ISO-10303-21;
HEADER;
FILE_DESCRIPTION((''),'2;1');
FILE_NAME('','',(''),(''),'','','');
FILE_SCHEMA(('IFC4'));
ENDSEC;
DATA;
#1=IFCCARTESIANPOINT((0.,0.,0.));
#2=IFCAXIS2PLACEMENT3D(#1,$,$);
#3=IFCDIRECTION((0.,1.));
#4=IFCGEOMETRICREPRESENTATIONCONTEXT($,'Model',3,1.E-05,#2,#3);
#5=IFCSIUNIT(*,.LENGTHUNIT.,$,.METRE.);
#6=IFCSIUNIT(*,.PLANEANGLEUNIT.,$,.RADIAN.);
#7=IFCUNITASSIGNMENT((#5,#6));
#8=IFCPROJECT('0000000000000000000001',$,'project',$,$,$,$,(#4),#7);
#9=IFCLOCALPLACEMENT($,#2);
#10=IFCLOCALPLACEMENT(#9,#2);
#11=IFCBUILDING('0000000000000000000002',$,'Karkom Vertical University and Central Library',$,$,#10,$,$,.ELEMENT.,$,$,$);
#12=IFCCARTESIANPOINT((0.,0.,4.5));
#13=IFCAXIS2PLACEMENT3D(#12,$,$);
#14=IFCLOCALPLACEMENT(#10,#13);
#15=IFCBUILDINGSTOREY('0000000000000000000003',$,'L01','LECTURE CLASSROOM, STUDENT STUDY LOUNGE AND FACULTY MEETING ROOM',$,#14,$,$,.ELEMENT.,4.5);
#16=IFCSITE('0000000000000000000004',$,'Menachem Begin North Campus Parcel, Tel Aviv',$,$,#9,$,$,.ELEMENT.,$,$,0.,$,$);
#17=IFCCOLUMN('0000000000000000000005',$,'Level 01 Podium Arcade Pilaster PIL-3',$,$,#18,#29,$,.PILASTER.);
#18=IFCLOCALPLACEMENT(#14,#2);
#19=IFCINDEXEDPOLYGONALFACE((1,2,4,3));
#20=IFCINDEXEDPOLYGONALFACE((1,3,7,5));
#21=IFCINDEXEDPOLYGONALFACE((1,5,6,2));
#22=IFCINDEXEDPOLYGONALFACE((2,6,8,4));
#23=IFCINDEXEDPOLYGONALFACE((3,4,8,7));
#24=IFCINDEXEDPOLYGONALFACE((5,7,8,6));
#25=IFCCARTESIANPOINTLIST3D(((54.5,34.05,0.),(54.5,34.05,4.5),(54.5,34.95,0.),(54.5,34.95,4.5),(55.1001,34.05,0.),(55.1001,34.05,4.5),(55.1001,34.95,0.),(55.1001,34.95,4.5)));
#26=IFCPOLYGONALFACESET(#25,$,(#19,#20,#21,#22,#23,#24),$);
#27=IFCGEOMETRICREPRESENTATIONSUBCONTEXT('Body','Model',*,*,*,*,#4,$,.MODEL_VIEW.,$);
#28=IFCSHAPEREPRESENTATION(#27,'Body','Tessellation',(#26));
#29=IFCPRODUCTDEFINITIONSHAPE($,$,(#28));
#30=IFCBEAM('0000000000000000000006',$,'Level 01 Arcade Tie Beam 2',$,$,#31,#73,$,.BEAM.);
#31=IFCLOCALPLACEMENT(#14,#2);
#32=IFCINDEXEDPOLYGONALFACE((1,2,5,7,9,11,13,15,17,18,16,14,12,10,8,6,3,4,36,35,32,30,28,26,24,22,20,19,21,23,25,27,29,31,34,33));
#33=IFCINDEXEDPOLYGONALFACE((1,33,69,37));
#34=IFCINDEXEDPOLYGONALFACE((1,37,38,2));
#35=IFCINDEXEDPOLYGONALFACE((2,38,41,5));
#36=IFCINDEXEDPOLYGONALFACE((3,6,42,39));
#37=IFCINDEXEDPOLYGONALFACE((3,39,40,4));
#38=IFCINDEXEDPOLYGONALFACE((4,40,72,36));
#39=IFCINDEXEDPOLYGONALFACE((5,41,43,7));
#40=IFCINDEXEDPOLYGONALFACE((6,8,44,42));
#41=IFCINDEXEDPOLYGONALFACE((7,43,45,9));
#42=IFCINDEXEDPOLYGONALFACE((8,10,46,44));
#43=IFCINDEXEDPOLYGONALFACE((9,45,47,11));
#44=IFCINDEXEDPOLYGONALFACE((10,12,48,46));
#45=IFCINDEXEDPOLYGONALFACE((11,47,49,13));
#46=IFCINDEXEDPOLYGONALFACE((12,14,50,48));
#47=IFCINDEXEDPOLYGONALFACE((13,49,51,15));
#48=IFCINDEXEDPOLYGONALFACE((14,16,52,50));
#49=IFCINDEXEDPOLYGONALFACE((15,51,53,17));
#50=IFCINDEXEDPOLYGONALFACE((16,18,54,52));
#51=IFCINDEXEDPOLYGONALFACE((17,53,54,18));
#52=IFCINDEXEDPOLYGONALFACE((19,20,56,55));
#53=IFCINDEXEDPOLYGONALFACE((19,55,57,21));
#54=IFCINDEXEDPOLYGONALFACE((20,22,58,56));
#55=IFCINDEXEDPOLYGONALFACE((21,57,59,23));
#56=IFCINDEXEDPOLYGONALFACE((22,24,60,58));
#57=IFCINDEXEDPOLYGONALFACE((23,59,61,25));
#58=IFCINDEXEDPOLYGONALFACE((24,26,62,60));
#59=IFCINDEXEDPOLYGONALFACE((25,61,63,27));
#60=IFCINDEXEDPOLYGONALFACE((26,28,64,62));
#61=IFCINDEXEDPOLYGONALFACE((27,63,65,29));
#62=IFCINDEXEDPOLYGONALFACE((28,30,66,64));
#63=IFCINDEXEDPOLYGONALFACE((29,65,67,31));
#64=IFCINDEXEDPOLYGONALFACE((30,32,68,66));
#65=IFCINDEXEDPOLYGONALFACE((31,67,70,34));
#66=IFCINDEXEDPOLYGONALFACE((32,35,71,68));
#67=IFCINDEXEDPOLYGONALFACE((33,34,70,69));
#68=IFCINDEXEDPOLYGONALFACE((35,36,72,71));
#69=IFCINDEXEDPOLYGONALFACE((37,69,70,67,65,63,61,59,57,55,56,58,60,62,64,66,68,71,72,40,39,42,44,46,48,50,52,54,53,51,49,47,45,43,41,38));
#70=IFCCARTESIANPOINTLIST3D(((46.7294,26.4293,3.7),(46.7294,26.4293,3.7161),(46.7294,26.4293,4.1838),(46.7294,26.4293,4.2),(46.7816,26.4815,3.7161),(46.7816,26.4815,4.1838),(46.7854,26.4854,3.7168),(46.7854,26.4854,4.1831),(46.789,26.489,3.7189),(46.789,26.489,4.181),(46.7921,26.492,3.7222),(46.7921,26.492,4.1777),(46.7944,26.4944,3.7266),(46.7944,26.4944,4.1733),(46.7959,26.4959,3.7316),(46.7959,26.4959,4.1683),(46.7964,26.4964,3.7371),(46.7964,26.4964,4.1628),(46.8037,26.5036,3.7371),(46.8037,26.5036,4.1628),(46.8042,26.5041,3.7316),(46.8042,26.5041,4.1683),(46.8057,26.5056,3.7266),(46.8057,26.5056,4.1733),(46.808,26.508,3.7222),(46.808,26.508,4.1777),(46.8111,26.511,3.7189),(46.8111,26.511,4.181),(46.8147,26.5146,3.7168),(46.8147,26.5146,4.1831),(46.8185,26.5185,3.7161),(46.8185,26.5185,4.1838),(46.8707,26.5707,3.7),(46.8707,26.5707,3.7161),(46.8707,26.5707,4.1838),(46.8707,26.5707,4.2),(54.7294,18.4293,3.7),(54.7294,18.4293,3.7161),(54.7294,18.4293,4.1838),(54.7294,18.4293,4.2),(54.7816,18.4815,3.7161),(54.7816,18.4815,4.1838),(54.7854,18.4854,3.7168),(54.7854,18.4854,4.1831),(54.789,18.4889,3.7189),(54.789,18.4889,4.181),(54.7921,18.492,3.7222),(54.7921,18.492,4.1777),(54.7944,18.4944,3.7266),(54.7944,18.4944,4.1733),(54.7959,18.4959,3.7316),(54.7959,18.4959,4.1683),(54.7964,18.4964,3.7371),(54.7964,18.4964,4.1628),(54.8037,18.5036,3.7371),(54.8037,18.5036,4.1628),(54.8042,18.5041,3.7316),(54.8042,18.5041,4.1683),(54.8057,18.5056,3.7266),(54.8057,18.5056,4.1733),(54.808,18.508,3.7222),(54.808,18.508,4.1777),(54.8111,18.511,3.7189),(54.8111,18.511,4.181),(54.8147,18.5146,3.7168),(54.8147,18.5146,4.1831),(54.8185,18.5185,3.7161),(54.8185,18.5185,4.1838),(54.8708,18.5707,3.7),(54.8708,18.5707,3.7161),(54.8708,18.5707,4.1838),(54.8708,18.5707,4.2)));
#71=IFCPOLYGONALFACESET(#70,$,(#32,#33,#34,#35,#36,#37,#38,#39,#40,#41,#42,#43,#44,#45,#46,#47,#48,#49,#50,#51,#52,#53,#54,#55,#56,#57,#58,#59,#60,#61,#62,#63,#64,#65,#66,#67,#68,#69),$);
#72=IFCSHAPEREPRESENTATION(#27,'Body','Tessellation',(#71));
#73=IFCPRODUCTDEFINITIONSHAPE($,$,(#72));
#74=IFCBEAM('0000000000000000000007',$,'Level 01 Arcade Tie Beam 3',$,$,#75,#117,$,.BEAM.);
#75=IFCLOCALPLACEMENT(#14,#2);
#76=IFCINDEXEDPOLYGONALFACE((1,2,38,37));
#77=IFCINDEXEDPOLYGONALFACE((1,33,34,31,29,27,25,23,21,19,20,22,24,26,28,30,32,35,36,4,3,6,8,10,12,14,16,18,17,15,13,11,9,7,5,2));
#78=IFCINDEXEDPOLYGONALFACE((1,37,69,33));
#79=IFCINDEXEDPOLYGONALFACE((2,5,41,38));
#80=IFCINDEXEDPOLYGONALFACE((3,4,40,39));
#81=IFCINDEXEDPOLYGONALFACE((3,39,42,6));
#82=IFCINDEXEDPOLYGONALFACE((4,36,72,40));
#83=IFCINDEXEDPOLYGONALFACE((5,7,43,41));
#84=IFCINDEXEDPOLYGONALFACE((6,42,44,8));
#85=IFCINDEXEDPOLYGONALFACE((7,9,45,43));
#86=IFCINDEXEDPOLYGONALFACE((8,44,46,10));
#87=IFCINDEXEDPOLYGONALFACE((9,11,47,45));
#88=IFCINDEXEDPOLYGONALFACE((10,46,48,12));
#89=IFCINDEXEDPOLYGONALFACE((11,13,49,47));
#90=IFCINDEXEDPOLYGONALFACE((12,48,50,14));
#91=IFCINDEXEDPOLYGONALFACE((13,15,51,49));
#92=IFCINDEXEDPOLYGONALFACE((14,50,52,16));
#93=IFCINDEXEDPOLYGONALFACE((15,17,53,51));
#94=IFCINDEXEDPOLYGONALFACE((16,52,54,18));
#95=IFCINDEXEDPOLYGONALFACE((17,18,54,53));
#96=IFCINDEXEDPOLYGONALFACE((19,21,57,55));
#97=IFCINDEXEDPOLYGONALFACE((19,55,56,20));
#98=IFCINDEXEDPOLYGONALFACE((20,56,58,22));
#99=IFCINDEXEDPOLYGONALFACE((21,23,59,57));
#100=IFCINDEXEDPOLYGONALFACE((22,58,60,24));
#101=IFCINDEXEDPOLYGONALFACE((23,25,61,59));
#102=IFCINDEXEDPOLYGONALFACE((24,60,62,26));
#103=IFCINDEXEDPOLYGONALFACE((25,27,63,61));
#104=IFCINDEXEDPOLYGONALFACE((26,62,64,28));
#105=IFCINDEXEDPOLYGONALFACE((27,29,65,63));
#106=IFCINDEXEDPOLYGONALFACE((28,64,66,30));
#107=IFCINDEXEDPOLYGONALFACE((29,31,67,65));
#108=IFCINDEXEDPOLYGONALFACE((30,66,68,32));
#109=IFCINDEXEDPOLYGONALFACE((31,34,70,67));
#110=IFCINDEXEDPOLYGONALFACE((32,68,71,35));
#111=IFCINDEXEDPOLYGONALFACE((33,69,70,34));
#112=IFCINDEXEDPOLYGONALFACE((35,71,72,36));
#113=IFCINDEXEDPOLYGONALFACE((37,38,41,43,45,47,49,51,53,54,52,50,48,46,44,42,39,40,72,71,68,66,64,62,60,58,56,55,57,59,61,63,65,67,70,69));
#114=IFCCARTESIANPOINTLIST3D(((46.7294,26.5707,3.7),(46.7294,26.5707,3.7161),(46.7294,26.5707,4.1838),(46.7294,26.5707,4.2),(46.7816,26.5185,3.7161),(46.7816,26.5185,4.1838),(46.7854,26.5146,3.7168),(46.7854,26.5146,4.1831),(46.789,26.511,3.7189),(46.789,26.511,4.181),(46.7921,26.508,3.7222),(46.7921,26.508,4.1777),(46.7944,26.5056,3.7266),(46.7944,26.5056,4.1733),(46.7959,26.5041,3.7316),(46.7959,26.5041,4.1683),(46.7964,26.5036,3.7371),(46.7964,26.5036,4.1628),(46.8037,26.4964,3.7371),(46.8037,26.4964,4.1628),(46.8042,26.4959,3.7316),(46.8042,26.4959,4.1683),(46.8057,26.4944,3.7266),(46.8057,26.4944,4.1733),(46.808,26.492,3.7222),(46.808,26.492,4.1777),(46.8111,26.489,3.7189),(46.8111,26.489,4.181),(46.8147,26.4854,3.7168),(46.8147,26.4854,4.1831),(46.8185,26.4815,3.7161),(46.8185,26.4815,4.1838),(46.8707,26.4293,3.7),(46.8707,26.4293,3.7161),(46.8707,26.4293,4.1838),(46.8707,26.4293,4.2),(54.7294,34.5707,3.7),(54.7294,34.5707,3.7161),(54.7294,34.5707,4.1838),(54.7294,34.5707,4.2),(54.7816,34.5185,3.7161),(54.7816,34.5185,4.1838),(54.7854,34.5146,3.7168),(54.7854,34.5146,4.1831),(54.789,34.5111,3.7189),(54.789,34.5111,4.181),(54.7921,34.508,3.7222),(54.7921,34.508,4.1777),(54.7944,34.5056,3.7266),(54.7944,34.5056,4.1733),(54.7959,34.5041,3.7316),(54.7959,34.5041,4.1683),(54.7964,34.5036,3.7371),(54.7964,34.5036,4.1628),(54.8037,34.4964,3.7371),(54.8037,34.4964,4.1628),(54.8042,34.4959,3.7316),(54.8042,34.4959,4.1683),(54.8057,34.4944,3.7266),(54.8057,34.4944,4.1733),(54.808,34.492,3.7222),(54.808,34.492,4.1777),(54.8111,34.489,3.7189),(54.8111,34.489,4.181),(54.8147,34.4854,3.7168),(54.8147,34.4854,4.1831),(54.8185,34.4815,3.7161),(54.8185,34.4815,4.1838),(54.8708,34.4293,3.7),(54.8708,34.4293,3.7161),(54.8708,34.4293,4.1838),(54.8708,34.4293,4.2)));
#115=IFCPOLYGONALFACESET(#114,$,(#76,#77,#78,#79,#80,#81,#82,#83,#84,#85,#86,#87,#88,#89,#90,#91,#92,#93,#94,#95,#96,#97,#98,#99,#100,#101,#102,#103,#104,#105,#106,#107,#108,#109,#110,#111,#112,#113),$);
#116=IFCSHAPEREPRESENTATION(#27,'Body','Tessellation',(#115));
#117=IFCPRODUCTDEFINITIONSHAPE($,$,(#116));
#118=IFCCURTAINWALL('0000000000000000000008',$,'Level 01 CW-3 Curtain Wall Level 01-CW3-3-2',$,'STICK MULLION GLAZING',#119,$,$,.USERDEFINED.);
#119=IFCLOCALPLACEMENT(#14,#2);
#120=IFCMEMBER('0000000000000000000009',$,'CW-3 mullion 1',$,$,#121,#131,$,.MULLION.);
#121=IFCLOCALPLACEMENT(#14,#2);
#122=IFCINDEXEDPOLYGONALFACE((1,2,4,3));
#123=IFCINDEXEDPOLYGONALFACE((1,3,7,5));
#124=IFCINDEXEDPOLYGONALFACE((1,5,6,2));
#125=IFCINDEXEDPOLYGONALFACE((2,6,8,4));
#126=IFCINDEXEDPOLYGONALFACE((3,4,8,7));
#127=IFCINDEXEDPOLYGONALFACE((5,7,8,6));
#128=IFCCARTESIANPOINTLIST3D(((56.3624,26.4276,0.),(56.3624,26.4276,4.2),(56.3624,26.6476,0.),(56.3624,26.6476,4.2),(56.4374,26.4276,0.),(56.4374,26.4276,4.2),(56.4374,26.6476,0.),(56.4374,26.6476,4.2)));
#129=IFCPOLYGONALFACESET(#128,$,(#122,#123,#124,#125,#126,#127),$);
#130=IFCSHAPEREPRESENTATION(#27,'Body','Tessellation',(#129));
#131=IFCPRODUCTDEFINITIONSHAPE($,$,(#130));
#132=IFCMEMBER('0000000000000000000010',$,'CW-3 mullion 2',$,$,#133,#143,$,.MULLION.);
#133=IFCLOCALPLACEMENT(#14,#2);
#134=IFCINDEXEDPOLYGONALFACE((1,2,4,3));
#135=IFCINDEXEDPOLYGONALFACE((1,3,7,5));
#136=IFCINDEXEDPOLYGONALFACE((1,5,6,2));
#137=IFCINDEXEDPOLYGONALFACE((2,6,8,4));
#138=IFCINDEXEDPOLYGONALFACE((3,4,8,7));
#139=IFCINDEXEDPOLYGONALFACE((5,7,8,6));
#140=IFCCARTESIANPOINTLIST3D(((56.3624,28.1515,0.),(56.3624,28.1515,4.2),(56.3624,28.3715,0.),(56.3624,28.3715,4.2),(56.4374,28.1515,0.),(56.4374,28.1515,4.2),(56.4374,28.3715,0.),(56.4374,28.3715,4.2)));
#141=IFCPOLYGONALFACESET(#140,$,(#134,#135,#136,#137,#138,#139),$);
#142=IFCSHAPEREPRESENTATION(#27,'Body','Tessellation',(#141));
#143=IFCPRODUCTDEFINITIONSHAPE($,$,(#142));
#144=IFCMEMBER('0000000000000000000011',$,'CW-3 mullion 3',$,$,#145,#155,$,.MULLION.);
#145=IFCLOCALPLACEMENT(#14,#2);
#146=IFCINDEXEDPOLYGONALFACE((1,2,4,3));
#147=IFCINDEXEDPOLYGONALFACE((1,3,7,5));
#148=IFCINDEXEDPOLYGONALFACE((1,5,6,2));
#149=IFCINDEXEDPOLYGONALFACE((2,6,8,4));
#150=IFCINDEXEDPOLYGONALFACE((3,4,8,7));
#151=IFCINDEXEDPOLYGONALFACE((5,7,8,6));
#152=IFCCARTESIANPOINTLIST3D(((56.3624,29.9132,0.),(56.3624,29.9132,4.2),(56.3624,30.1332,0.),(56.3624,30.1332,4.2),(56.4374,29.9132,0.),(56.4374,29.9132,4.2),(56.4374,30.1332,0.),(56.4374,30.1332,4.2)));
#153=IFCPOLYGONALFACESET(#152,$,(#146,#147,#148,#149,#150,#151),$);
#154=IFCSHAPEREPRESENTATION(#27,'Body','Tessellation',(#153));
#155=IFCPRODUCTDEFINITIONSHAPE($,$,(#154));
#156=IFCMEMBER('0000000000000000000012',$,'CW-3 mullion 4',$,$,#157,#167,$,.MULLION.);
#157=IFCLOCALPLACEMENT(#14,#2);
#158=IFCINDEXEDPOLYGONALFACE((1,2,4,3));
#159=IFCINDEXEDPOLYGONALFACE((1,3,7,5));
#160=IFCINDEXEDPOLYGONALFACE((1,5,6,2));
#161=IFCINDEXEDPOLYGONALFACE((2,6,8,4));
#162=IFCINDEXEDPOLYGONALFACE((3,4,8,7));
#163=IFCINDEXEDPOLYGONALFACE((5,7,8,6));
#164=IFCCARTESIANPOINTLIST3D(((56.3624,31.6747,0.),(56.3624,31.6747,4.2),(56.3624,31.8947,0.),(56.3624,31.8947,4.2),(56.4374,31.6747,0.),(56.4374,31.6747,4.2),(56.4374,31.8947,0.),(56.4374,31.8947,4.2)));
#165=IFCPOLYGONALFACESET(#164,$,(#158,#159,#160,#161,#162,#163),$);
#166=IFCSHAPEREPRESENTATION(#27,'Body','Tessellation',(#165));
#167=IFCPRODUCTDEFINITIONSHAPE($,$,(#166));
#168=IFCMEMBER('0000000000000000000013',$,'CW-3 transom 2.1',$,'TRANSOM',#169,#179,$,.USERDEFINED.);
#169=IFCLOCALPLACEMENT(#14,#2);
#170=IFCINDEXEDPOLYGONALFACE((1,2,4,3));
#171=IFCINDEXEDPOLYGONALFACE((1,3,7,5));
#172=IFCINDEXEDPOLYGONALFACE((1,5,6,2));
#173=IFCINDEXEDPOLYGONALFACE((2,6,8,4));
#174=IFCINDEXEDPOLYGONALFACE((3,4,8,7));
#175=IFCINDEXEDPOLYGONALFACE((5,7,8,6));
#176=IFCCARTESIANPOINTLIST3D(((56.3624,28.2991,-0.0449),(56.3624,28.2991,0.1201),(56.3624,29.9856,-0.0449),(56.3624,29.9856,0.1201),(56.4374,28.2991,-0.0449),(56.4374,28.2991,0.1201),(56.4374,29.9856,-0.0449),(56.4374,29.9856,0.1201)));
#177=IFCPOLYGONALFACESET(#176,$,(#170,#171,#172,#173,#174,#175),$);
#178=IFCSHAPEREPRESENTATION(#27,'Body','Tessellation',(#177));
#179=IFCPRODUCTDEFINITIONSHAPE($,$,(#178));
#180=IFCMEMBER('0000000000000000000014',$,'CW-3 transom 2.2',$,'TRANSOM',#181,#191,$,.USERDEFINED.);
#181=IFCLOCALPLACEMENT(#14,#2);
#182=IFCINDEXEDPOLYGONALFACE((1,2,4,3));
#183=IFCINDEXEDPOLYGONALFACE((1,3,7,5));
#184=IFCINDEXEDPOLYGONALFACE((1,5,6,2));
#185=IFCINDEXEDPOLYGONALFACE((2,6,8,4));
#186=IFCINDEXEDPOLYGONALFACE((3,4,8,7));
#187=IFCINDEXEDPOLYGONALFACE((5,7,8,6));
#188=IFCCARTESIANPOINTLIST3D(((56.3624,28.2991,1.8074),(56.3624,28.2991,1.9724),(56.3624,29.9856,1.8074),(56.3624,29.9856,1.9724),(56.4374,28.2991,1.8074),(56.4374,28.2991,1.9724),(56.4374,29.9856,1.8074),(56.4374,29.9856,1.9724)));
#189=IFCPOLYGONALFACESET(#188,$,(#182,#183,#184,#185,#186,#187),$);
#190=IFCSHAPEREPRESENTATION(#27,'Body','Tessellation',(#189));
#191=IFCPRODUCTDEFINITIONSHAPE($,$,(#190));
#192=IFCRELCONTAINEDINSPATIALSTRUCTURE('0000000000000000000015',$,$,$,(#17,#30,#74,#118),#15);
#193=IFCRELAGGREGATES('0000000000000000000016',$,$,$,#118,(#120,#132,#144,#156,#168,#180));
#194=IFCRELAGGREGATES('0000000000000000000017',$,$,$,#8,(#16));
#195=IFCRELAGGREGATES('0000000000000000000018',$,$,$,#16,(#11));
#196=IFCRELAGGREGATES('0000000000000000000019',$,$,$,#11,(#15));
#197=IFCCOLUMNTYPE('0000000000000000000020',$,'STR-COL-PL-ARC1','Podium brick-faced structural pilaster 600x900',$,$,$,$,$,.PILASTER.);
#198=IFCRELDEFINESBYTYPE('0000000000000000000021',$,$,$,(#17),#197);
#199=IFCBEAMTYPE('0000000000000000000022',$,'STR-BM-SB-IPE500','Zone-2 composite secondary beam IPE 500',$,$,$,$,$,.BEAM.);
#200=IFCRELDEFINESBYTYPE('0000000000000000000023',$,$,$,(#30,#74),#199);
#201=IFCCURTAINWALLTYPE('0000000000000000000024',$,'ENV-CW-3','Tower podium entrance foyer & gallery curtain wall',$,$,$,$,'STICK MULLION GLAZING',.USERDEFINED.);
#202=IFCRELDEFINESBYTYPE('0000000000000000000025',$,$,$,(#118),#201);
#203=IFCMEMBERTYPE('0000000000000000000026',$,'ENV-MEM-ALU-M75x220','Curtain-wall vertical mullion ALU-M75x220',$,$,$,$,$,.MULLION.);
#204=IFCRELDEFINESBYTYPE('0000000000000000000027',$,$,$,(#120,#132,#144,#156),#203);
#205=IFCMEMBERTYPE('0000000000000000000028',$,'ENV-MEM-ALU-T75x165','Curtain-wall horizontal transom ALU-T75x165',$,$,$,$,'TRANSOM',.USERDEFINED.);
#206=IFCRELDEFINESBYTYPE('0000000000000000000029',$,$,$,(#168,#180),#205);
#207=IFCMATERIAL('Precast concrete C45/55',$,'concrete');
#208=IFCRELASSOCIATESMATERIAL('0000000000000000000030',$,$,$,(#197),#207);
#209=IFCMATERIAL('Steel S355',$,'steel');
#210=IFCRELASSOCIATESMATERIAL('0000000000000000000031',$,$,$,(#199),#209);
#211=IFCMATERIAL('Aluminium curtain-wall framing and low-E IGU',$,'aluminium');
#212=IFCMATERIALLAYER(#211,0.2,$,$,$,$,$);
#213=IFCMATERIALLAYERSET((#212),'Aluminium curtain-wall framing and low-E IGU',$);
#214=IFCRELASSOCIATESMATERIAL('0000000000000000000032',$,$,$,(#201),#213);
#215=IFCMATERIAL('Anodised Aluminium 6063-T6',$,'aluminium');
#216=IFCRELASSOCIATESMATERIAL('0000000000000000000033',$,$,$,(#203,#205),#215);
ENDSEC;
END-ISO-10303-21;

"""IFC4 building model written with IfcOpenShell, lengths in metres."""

from ifc_helpers import new_model, si_unit, direction, frame, origin, origin_with_axes, origin_2d, place, context, subcontext, project, spatial, rectangle, i_section, extrude, source, transform, mapped, material, layer, layer_set, material_profile, profile_set, type_object, element, aggregate, save


model = new_model("IFC4")

# Units and contexts
model_context = context("Model", 3, precision=1e-05, world=origin(), true_north=direction((0.0, 1.0)))
body_context = subcontext(model_context, "Body", "Model", "MODEL_VIEW")
ifc_project = project(units=[si_unit("LENGTHUNIT", "METRE"), si_unit("PLANEANGLEUNIT", "RADIAN")], contexts=[model_context])

# Site, building, storey
site_placement = place(None, origin())
site = spatial("IfcSite", under=ifc_project, at=site_placement, Name="Menachem Begin North Campus Parcel, Tel Aviv", CompositionType="ELEMENT", RefElevation=0.0)
building_placement = place(site_placement, origin())
building = spatial("IfcBuilding", under=site, at=building_placement, Name="Karkom Vertical University and Central Library", CompositionType="ELEMENT")
storey_placement = place(building_placement, frame((0.0, 0.0, 4.5)))
storey = spatial("IfcBuildingStorey", under=building, at=storey_placement, Name="L01", Description="LECTURE CLASSROOM, STUDENT STUDY LOUNGE AND FACULTY MEETING ROOM", CompositionType="ELEMENT", Elevation=4.5)

# Column
ifc_material_1 = material(Name="Precast concrete C45/55", Category="concrete")
ifc_material_profile_1 = material_profile(ifc_material_1, rectangle(XDim=0.6001, YDim=0.8999, at=origin_2d()), Name="PIL-600x900")
ifc_profile_set_1 = profile_set([ifc_material_profile_1], Name="Precast concrete C45/55")
column_type = type_object("IfcColumnType", Name="STR-COL-PL-ARC1", Description="Podium brick-faced structural pilaster 600x900", PredefinedType="PILASTER", material=ifc_profile_set_1)
shared_shape_1 = source(origin_with_axes(), body_context, "Body", "SweptSolid", [
    extrude(rectangle(XDim=0.6001, YDim=0.8999, at=origin_2d()), origin(), (0.0, 0.0, 1.0), 4.5),
])
column_placement = place(storey_placement, frame((54.8, 34.5, 0.0), z_axis=(0.0, 0.0, 1.0), x_axis=(1.0, 0.0, 0.0)))
element("IfcColumn", 1, at=column_placement, inside=storey, type_object=column_type, Name="Level 01 Podium Arcade Pilaster PIL-3", PredefinedType="PILASTER", context=body_context, shape_type="MappedRepresentation", body=[
    mapped(shared_shape_1, transform((0.0, 0.0, 0.0), scale=1.0)),
])

# Beams
ifc_material_2 = material(Name="Steel S355", Category="steel")
ifc_material_profile_2 = material_profile(ifc_material_2, i_section(OverallWidth=0.2, OverallDepth=0.5, WebThickness=0.0103, FlangeThickness=0.0161, FilletRadius=0.021, at=origin_2d()), Name="IPE 500")
ifc_profile_set_2 = profile_set([ifc_material_profile_2], Name="Steel S355")
beam_type = type_object("IfcBeamType", Name="STR-BM-SB-IPE500", Description="Zone-2 composite secondary beam IPE 500", PredefinedType="BEAM", material=ifc_profile_set_2)
shared_shape_2 = source(origin_with_axes(), body_context, "Body", "SweptSolid", [
    extrude(i_section(OverallWidth=0.2, OverallDepth=0.5, WebThickness=0.0103, FlangeThickness=0.0161, FilletRadius=0.021, at=origin_2d()), origin(), (0.0, 0.0, 1.0), 11.3137),
])
for number, where, z_axis, x_axis, name in (
    (2, (46.8, 26.5, 3.95), (0.707107, -0.707107, 0.0), (0.707107, 0.707107, 0.0), "Level 01 Arcade Tie Beam 2"),
    (3, (46.8, 26.5, 3.95), (0.707107, 0.707107, 0.0), (-0.707107, 0.707107, 0.0), "Level 01 Arcade Tie Beam 3"),
):
    element("IfcBeam", number, at=place(storey_placement, frame(where, z_axis=z_axis, x_axis=x_axis)), inside=storey, type_object=beam_type, Name=name, PredefinedType="BEAM", context=body_context, shape_type="MappedRepresentation", body=[
        mapped(shared_shape_2, transform((0.0, 0.0, 0.0), scale=1.0)),
    ])

# Curtain wall, members
ifc_material_3 = material(Name="Aluminium curtain-wall framing and low-E IGU", Category="aluminium")
ifc_layer_1 = layer(ifc_material_3, 0.2)
ifc_layer_set_1 = layer_set([ifc_layer_1], Name="Aluminium curtain-wall framing and low-E IGU")
curtain_wall_type = type_object("IfcCurtainWallType", Name="ENV-CW-3", Description="Tower podium entrance foyer & gallery curtain wall", ElementType="STICK MULLION GLAZING", PredefinedType="USERDEFINED", material=ifc_layer_set_1)
curtain_wall_placement = place(storey_placement, origin())
curtain_wall = element("IfcCurtainWall", 4, at=curtain_wall_placement, inside=storey, type_object=curtain_wall_type, Name="Level 01 CW-3 Curtain Wall Level 01-CW3-3-2", ObjectType="STICK MULLION GLAZING", PredefinedType="USERDEFINED")
ifc_material_4 = material(Name="Anodised Aluminium 6063-T6", Category="aluminium")
ifc_material_profile_3 = material_profile(ifc_material_4, rectangle(XDim=0.075, YDim=0.22, at=origin_2d()), Name="ALU-M75x220")
ifc_profile_set_3 = profile_set([ifc_material_profile_3], Name="Anodised Aluminium 6063-T6")
member_type_1 = type_object("IfcMemberType", Name="ENV-MEM-ALU-M75x220", Description="Curtain-wall vertical mullion ALU-M75x220", PredefinedType="MULLION", material=ifc_profile_set_3)
shared_shape_3 = source(origin_with_axes(), body_context, "Body", "SweptSolid", [
    extrude(rectangle(XDim=0.075, YDim=0.22, at=origin_2d()), origin(), (0.0, 0.0, 1.0), 4.2),
])
member_1_placement = place(storey_placement, frame((56.3999, 26.5376, 0.0), z_axis=(0.0, 0.0, 1.0), x_axis=(-1.0, 0.0, 0.0)))
member_1 = element("IfcMember", 5, at=member_1_placement, type_object=member_type_1, Name="CW-3 mullion 1", PredefinedType="MULLION", context=body_context, shape_type="MappedRepresentation", body=[
    mapped(shared_shape_3, transform((0.0, 0.0, 0.0), scale=1.0)),
])
member_2_placement = place(storey_placement, frame((56.3999, 28.2615, 0.0), z_axis=(0.0, 0.0, 1.0), x_axis=(-1.0, 0.0, 0.0)))
member_2 = element("IfcMember", 6, at=member_2_placement, type_object=member_type_1, Name="CW-3 mullion 2", PredefinedType="MULLION", context=body_context, shape_type="MappedRepresentation", body=[
    mapped(shared_shape_3, transform((0.0, 0.0, 0.0), scale=1.0)),
])
member_3_placement = place(storey_placement, frame((56.3999, 30.0232, 0.0), z_axis=(0.0, 0.0, 1.0), x_axis=(-1.0, 0.0, 0.0)))
member_3 = element("IfcMember", 7, at=member_3_placement, type_object=member_type_1, Name="CW-3 mullion 3", PredefinedType="MULLION", context=body_context, shape_type="MappedRepresentation", body=[
    mapped(shared_shape_3, transform((0.0, 0.0, 0.0), scale=1.0)),
])
member_4_placement = place(storey_placement, frame((56.3999, 31.7847, 0.0), z_axis=(0.0, 0.0, 1.0), x_axis=(-1.0, 0.0, 0.0)))
member_4 = element("IfcMember", 8, at=member_4_placement, type_object=member_type_1, Name="CW-3 mullion 4", PredefinedType="MULLION", context=body_context, shape_type="MappedRepresentation", body=[
    mapped(shared_shape_3, transform((0.0, 0.0, 0.0), scale=1.0)),
])
ifc_material_profile_4 = material_profile(ifc_material_4, rectangle(XDim=0.075, YDim=0.165, at=origin_2d()), Name="ALU-T75x165")
ifc_profile_set_4 = profile_set([ifc_material_profile_4], Name="Anodised Aluminium 6063-T6")
member_type_2 = type_object("IfcMemberType", Name="ENV-MEM-ALU-T75x165", Description="Curtain-wall horizontal transom ALU-T75x165", ElementType="TRANSOM", PredefinedType="USERDEFINED", material=ifc_profile_set_4)
shared_shape_4 = source(origin_with_axes(), body_context, "Body", "SweptSolid", [
    extrude(rectangle(XDim=0.075, YDim=0.165, at=origin_2d()), origin(), (0.0, 0.0, 1.0), 1.6865),
])
member_5_placement = place(storey_placement, frame((56.3999, 28.2991, 0.0376), z_axis=(0.0, 1.0, 0.0), x_axis=(-1.0, 0.0, 0.0)))
member_5 = element("IfcMember", 9, at=member_5_placement, type_object=member_type_2, Name="CW-3 transom 2.1", ObjectType="TRANSOM", PredefinedType="USERDEFINED", context=body_context, shape_type="MappedRepresentation", body=[
    mapped(shared_shape_4, transform((0.0, 0.0, 0.0), scale=1.0)),
])
member_6_placement = place(storey_placement, frame((56.3999, 28.2991, 1.8899), z_axis=(0.0, 1.0, 0.0), x_axis=(-1.0, 0.0, 0.0)))
member_6 = element("IfcMember", 10, at=member_6_placement, type_object=member_type_2, Name="CW-3 transom 2.2", ObjectType="TRANSOM", PredefinedType="USERDEFINED", context=body_context, shape_type="MappedRepresentation", body=[
    mapped(shared_shape_4, transform((0.0, 0.0, 0.0), scale=1.0)),
])
aggregate(curtain_wall, [member_1, member_2, member_3, member_4, member_5, member_6])

save(model, "model.ifc")
